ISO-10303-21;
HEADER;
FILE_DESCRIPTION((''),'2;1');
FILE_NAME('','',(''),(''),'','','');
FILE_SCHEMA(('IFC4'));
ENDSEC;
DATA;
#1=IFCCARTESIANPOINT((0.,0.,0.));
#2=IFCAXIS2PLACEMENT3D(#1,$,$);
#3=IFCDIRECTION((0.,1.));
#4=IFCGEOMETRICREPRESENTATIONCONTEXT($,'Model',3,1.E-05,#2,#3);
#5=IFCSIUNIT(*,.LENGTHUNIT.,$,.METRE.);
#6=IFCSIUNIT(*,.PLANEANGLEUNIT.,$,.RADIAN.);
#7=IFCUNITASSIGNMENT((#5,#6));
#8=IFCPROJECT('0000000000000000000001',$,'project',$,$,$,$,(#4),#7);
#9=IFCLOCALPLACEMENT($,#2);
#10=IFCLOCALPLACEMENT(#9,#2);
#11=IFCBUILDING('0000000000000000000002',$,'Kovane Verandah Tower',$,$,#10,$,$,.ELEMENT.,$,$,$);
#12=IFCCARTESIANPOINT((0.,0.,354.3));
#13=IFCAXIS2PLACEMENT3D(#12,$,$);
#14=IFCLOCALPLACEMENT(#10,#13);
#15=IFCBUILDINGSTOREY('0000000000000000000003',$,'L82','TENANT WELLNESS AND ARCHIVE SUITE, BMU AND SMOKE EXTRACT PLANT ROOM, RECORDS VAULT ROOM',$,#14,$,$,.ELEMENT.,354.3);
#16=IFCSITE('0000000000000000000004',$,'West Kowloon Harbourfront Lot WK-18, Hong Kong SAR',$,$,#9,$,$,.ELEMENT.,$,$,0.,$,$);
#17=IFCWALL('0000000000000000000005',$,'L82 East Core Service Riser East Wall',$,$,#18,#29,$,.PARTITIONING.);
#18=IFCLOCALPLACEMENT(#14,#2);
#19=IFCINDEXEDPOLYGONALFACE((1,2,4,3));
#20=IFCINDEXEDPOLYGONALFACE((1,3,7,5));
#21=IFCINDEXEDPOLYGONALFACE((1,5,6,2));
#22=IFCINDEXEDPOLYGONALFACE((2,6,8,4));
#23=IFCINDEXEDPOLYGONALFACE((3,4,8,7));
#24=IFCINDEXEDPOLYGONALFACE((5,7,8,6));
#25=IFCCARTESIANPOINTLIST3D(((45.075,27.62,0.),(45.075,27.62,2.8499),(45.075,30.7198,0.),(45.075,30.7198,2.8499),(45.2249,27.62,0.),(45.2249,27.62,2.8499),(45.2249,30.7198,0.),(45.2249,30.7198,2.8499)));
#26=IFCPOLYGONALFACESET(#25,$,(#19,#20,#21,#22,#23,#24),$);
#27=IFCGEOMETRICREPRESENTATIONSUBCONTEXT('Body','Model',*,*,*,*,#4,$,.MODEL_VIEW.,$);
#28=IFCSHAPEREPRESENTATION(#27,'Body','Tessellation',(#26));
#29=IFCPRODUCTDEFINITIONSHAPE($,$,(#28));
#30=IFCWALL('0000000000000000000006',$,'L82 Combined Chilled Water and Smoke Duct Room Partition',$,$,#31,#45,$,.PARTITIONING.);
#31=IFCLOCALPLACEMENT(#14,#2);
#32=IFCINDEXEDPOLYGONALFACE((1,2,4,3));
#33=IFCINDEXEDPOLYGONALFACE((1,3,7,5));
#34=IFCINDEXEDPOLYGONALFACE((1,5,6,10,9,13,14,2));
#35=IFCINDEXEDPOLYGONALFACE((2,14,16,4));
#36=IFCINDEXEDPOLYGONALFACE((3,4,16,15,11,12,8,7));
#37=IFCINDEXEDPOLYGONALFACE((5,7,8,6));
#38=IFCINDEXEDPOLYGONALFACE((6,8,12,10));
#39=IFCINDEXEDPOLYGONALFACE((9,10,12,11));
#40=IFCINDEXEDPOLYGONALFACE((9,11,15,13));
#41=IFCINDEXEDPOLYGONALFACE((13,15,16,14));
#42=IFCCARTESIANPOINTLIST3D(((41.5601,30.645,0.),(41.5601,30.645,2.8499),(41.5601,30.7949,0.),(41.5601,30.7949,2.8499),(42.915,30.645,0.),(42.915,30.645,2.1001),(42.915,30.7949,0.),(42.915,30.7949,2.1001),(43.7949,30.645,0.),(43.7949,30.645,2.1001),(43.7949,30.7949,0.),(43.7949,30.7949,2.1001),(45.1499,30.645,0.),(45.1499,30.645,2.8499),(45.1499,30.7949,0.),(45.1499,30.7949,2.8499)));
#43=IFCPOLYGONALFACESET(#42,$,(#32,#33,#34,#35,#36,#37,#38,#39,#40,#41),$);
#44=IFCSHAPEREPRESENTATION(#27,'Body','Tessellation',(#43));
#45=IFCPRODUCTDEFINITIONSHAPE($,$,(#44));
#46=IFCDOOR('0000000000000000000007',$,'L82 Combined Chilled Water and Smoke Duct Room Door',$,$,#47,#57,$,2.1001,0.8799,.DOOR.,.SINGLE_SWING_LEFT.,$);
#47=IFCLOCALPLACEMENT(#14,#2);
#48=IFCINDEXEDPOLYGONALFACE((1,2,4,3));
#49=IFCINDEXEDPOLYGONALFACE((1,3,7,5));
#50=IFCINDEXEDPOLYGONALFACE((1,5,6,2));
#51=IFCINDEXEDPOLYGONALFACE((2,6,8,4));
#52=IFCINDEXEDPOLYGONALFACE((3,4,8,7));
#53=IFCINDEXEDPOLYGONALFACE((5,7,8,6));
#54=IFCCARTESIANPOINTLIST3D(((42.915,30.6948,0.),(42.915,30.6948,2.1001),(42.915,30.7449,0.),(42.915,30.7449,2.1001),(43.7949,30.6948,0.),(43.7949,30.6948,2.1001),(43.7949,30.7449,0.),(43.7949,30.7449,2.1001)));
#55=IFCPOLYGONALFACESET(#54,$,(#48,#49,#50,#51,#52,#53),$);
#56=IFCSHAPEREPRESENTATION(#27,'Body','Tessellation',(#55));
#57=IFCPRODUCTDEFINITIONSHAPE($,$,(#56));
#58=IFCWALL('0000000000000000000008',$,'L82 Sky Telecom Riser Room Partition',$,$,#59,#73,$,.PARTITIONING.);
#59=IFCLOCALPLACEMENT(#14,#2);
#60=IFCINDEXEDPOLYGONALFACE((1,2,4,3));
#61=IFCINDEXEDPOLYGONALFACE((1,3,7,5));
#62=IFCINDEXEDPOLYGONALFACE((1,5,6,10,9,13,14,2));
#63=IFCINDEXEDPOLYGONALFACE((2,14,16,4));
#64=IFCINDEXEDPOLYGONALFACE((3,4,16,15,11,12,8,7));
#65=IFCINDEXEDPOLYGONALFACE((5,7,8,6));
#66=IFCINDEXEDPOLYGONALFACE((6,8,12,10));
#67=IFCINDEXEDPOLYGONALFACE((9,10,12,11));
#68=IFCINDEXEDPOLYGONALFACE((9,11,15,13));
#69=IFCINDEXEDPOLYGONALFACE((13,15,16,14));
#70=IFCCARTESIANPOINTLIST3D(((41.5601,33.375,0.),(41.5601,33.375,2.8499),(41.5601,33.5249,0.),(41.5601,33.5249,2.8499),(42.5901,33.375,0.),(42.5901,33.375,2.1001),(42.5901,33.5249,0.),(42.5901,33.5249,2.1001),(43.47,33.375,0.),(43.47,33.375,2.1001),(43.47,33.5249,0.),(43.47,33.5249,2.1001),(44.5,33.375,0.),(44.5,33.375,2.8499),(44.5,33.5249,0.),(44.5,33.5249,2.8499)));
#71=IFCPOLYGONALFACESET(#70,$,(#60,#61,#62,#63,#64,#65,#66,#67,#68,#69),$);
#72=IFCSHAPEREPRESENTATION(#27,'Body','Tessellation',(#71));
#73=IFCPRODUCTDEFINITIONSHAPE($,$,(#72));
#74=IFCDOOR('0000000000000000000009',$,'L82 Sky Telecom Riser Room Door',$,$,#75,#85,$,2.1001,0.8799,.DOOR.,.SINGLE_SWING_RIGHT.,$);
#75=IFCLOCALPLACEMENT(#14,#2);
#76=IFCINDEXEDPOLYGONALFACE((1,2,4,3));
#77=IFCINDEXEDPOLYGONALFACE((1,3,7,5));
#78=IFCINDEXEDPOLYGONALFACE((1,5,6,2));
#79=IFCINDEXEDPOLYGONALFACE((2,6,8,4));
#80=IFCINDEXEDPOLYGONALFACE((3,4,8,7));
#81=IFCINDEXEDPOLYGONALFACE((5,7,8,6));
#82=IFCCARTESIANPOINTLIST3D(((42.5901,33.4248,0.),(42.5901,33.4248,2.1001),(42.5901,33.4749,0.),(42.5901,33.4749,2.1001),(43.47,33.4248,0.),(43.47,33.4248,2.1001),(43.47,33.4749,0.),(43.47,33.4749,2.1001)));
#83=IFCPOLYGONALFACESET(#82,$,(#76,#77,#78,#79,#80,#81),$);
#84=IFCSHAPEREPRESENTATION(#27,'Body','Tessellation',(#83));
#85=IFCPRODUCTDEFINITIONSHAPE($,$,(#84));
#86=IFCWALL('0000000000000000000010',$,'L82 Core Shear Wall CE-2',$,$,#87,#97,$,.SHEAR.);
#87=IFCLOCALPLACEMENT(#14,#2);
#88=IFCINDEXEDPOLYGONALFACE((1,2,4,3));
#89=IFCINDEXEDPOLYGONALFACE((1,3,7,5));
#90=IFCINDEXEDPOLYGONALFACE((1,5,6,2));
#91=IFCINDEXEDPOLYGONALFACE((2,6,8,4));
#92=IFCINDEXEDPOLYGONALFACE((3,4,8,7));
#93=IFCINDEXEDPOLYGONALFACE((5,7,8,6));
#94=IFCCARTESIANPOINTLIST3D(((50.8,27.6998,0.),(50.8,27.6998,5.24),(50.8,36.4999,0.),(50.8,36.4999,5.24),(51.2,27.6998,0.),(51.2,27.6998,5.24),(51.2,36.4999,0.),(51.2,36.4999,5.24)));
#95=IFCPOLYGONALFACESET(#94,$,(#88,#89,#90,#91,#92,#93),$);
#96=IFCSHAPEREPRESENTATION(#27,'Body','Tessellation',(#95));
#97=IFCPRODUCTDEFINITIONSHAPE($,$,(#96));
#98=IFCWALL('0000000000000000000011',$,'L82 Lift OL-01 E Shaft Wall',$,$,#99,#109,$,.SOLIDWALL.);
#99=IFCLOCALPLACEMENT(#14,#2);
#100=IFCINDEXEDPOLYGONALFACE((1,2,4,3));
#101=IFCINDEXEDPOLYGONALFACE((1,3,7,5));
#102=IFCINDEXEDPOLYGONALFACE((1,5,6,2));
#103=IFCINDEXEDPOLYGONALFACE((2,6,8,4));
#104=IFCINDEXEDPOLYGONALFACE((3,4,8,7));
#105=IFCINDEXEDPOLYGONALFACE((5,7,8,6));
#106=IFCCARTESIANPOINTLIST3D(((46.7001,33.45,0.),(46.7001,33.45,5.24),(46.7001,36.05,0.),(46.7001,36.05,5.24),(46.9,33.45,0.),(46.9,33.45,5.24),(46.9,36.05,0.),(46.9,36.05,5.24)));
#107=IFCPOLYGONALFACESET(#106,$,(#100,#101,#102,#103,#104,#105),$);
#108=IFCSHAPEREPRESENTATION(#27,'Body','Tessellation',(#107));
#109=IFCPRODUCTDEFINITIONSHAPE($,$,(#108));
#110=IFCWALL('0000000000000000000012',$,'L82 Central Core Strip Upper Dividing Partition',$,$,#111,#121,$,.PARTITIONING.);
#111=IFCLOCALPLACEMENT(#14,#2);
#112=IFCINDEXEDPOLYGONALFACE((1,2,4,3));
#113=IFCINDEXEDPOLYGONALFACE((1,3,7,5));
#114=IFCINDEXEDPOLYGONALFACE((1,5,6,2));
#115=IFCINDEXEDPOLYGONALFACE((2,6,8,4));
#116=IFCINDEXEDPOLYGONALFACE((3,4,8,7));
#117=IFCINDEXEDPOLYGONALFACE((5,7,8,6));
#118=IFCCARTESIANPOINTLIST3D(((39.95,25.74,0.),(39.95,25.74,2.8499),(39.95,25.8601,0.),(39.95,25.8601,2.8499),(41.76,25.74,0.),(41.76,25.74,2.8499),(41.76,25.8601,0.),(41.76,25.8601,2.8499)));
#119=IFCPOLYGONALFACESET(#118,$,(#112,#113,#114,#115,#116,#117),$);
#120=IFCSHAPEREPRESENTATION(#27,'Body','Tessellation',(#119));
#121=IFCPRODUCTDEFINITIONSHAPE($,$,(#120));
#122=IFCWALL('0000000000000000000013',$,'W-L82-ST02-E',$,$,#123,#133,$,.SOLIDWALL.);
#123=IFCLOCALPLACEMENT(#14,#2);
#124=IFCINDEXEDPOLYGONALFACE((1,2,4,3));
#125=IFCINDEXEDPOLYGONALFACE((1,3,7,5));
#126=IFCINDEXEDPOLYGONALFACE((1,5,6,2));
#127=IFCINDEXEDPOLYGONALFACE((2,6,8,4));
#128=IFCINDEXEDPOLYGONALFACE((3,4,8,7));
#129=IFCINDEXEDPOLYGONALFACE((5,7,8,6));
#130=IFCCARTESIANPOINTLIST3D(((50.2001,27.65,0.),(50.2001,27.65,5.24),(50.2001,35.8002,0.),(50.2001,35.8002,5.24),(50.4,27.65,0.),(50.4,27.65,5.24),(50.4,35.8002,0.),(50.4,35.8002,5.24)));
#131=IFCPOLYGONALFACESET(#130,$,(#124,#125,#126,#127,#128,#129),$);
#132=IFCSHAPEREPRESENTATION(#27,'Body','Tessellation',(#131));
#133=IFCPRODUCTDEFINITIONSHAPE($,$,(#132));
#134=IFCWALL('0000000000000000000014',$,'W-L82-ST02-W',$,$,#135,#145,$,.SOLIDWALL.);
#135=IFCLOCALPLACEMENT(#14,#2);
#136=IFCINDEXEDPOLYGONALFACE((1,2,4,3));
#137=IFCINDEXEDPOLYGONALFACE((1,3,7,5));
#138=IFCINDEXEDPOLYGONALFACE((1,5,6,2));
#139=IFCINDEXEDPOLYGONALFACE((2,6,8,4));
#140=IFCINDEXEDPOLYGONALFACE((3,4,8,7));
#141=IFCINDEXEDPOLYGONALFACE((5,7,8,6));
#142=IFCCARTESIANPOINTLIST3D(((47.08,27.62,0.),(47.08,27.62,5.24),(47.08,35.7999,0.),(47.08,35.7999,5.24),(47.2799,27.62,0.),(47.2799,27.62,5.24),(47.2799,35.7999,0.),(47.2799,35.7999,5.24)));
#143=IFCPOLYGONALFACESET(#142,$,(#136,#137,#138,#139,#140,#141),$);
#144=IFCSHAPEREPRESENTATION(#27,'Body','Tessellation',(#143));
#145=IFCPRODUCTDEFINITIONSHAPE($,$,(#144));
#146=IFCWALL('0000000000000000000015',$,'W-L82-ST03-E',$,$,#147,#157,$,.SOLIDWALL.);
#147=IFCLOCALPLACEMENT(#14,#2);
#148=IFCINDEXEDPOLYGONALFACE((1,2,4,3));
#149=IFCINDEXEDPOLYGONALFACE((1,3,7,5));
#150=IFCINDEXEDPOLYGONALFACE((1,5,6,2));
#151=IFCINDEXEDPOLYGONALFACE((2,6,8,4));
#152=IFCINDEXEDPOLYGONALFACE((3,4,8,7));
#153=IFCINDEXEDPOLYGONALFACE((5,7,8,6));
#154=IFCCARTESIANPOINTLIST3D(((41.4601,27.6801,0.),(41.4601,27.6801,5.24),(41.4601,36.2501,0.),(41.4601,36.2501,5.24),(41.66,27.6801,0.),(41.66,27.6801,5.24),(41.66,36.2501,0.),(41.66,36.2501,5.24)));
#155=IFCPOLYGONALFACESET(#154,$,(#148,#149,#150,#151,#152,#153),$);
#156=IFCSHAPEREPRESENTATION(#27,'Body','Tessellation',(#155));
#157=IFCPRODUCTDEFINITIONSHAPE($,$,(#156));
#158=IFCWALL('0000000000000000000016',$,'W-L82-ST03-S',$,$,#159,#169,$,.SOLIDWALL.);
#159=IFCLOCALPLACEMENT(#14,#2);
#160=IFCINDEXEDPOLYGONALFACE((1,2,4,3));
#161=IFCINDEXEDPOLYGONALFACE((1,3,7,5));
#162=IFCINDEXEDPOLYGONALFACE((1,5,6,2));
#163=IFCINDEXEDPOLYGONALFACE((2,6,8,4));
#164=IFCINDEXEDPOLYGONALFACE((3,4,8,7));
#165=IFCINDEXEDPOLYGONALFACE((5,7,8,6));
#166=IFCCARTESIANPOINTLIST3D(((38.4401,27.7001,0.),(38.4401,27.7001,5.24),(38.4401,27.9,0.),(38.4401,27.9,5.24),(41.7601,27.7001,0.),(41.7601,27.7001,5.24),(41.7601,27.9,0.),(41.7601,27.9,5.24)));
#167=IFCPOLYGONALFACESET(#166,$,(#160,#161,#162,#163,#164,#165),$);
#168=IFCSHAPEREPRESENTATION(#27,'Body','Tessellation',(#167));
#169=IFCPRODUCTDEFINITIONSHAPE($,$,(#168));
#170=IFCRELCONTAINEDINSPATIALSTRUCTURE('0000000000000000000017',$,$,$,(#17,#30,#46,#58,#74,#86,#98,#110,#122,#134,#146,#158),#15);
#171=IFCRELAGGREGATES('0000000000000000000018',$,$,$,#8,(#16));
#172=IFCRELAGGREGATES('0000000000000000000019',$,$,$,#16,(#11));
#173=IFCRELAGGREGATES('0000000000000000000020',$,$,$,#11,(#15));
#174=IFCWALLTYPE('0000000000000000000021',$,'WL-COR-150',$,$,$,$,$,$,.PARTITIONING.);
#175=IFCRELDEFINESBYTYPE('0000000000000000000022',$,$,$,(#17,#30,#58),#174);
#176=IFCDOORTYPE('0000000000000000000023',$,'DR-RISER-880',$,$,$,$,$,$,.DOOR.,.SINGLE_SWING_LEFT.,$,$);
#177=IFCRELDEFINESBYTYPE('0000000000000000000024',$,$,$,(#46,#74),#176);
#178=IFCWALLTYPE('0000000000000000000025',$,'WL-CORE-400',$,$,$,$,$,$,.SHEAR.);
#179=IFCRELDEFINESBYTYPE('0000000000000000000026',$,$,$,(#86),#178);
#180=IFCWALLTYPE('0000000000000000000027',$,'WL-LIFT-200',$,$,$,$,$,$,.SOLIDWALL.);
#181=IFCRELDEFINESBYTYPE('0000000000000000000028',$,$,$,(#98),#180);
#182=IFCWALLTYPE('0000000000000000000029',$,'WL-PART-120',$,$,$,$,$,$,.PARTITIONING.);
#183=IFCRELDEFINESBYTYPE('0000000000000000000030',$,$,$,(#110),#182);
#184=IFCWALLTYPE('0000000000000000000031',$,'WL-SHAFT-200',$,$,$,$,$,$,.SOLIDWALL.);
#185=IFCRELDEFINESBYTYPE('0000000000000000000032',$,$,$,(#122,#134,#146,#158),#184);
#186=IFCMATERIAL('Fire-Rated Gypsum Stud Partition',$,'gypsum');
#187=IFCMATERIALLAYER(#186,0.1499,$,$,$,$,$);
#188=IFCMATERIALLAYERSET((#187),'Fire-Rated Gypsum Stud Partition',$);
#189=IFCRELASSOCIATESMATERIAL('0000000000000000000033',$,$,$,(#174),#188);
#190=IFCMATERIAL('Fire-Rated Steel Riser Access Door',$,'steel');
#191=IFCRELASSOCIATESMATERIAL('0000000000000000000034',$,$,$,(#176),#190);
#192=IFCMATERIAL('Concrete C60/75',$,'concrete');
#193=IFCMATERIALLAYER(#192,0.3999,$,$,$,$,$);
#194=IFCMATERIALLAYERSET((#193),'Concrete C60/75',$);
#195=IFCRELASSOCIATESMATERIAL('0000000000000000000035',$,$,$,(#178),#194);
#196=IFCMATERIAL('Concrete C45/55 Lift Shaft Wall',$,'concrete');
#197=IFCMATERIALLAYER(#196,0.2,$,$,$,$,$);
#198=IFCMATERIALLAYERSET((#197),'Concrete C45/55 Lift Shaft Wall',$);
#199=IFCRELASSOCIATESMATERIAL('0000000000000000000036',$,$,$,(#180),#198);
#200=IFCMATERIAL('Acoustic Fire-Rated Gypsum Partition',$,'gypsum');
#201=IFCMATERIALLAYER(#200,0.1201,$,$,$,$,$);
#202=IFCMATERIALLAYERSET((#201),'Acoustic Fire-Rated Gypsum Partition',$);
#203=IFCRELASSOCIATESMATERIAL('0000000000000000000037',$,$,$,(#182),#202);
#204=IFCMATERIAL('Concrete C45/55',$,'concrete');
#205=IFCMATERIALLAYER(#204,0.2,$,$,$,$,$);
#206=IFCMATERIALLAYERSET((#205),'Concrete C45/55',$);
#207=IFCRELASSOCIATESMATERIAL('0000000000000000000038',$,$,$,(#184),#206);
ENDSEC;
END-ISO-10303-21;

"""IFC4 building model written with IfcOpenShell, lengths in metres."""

from ifc_helpers import new_model, si_unit, direction, frame, frame_2d, origin, place, context, subcontext, project, spatial, rectangle, extrude, material, layer, layer_set, type_object, element, fill, save


model = new_model("IFC4")

# Units and contexts
model_context = context("Model", 3, precision=1e-05, world=origin(), true_north=direction((0.0, 1.0)))
body_context = subcontext(model_context, "Body", "Model", "MODEL_VIEW")
ifc_project = project(units=[si_unit("LENGTHUNIT", "METRE"), si_unit("PLANEANGLEUNIT", "RADIAN")], contexts=[model_context])

# Site, building, storey
site_placement = place(None, origin())
site = spatial("IfcSite", under=ifc_project, at=site_placement, Name="West Kowloon Harbourfront Lot WK-18, Hong Kong SAR", CompositionType="ELEMENT", RefElevation=0.0)
building_placement = place(site_placement, origin())
building = spatial("IfcBuilding", under=site, at=building_placement, Name="Kovane Verandah Tower", CompositionType="ELEMENT")
storey_placement = place(building_placement, frame((0.0, 0.0, 354.3)))
storey = spatial("IfcBuildingStorey", under=building, at=storey_placement, Name="L82", Description="TENANT WELLNESS AND ARCHIVE SUITE, BMU AND SMOKE EXTRACT PLANT ROOM, RECORDS VAULT ROOM", CompositionType="ELEMENT", Elevation=354.3)

# Shared definitions
ifc_material_1 = material(Name="Fire-Rated Gypsum Stud Partition", Category="gypsum")
ifc_layer_1 = layer(ifc_material_1, 0.1499)
ifc_layer_set_1 = layer_set([ifc_layer_1], Name="Fire-Rated Gypsum Stud Partition")
wall_type_1 = type_object("IfcWallType", Name="WL-COR-150", PredefinedType="PARTITIONING", material=ifc_layer_set_1)
ifc_material_2 = material(Name="Fire-Rated Steel Riser Access Door", Category="steel")
door_type_1 = type_object("IfcDoorType", Name="DR-RISER-880", OperationType="SINGLE_SWING_LEFT", PredefinedType="DOOR", material=ifc_material_2)

# Wall
wall_1_placement = place(storey_placement, frame((45.1499, 27.6201, 0.0), z_axis=(0.0, 0.0, 1.0), x_axis=(0.0, 1.0, 0.0)))
element("IfcWall", 1, at=wall_1_placement, inside=storey, type_object=wall_type_1, Name="L82 East Core Service Riser East Wall", PredefinedType="PARTITIONING", context=body_context, shape_type="SweptSolid", body=[
    extrude(rectangle(XDim=3.0999, YDim=0.1499, at=frame_2d((1.5498, 0.0))), origin(), (0.0, 0.0, 1.0), 2.8499),
])

# Walls, openings, doors
wall_2_placement = place(storey_placement, frame((41.5601, 30.72, 0.0), z_axis=(0.0, 0.0, 1.0), x_axis=(1.0, 0.0, 0.0)))
wall_2 = element("IfcWall", 2, at=wall_2_placement, inside=storey, type_object=wall_type_1, Name="L82 Combined Chilled Water and Smoke Duct Room Partition", PredefinedType="PARTITIONING", context=body_context, shape_type="SweptSolid", body=[
    extrude(rectangle(XDim=3.5898, YDim=0.1499, at=frame_2d((1.7949, 0.0))), origin(), (0.0, 0.0, 1.0), 2.8499),
])
opening_1_placement = place(wall_2_placement, frame((1.355, 0.0, 0.0)))
opening_1 = element("IfcOpeningElement", 3, at=opening_1_placement, cuts=wall_2, PredefinedType="OPENING", context=body_context, shape_type="SweptSolid", body=[
    extrude(rectangle(XDim=0.8799, YDim=2.1001, at=frame_2d((0.4399, 1.05))), frame((0.0, 0.075, 0.0), z_axis=(0.0, -1.0, 0.0), x_axis=(1.0, 0.0, 0.0)), (0.0, 0.0, 1.0), 0.1499),
])
door_1_placement = place(opening_1_placement, origin())
door_1 = element("IfcDoor", 4, at=door_1_placement, inside=storey, type_object=door_type_1, Name="L82 Combined Chilled Water and Smoke Duct Room Door", OperationType="SINGLE_SWING_LEFT", OverallHeight=2.1001, OverallWidth=0.8799, PredefinedType="DOOR", context=body_context, shape_type="SweptSolid", body=[
    extrude(rectangle(XDim=0.8799, YDim=2.1001, at=frame_2d((0.4399, 1.05))), frame((0.0, 0.0249, 0.0), z_axis=(0.0, -1.0, 0.0), x_axis=(1.0, 0.0, 0.0)), (0.0, 0.0, 1.0), 0.05),
])
fill(opening_1, door_1)
wall_3_placement = place(storey_placement, frame((41.5601, 33.45, 0.0), z_axis=(0.0, 0.0, 1.0), x_axis=(1.0, 0.0, 0.0)))
wall_3 = element("IfcWall", 5, at=wall_3_placement, inside=storey, type_object=wall_type_1, Name="L82 Sky Telecom Riser Room Partition", PredefinedType="PARTITIONING", context=body_context, shape_type="SweptSolid", body=[
    extrude(rectangle(XDim=2.9399, YDim=0.1499, at=frame_2d((1.47, 0.0))), origin(), (0.0, 0.0, 1.0), 2.8499),
])
opening_2_placement = place(wall_3_placement, frame((1.03, 0.0, 0.0)))
opening_2 = element("IfcOpeningElement", 6, at=opening_2_placement, cuts=wall_3, PredefinedType="OPENING", context=body_context, shape_type="SweptSolid", body=[
    extrude(rectangle(XDim=0.8799, YDim=2.1001, at=frame_2d((0.4399, 1.05))), frame((0.0, 0.075, 0.0), z_axis=(0.0, -1.0, 0.0), x_axis=(1.0, 0.0, 0.0)), (0.0, 0.0, 1.0), 0.1499),
])
door_2_placement = place(opening_2_placement, origin())
door_2 = element("IfcDoor", 7, at=door_2_placement, inside=storey, type_object=door_type_1, Name="L82 Sky Telecom Riser Room Door", OperationType="SINGLE_SWING_RIGHT", OverallHeight=2.1001, OverallWidth=0.8799, PredefinedType="DOOR", context=body_context, shape_type="SweptSolid", body=[
    extrude(rectangle(XDim=0.8799, YDim=2.1001, at=frame_2d((0.4399, 1.05))), frame((0.0, 0.0249, 0.0), z_axis=(0.0, -1.0, 0.0), x_axis=(1.0, 0.0, 0.0)), (0.0, 0.0, 1.0), 0.05),
])
fill(opening_2, door_2)

# Wall
ifc_material_3 = material(Name="Concrete C60/75", Category="concrete")
ifc_layer_2 = layer(ifc_material_3, 0.3999)
ifc_layer_set_2 = layer_set([ifc_layer_2], Name="Concrete C60/75")
wall_type_2 = type_object("IfcWallType", Name="WL-CORE-400", PredefinedType="SHEAR", material=ifc_layer_set_2)
wall_4_placement = place(storey_placement, frame((51.0, 27.7, 0.0), z_axis=(0.0, 0.0, 1.0), x_axis=(0.0, 1.0, 0.0)))
element("IfcWall", 8, at=wall_4_placement, inside=storey, type_object=wall_type_2, Name="L82 Core Shear Wall CE-2", PredefinedType="SHEAR", context=body_context, shape_type="SweptSolid", body=[
    extrude(rectangle(XDim=8.8, YDim=0.3999, at=frame_2d((4.3999, 0.0))), origin(), (0.0, 0.0, 1.0), 5.24),
])

# Shared definitions
ifc_material_4 = material(Name="Concrete C45/55 Lift Shaft Wall", Category="concrete")
ifc_layer_3 = layer(ifc_material_4, 0.2)
ifc_layer_set_3 = layer_set([ifc_layer_3], Name="Concrete C45/55 Lift Shaft Wall")
wall_type_3 = type_object("IfcWallType", Name="WL-LIFT-200", PredefinedType="SOLIDWALL", material=ifc_layer_set_3)

# Walls
wall_5_placement = place(storey_placement, frame((46.8, 33.45, 0.0), z_axis=(0.0, 0.0, 1.0), x_axis=(0.0, 1.0, 0.0)))
element("IfcWall", 9, at=wall_5_placement, inside=storey, type_object=wall_type_3, Name="L82 Lift OL-01 E Shaft Wall", PredefinedType="SOLIDWALL", context=body_context, shape_type="SweptSolid", body=[
    extrude(rectangle(XDim=2.6001, YDim=0.2, at=frame_2d((1.3, 0.0))), origin(), (0.0, 0.0, 1.0), 5.24),
])
ifc_material_5 = material(Name="Acoustic Fire-Rated Gypsum Partition", Category="gypsum")
ifc_layer_4 = layer(ifc_material_5, 0.1201)
ifc_layer_set_4 = layer_set([ifc_layer_4], Name="Acoustic Fire-Rated Gypsum Partition")
wall_type_4 = type_object("IfcWallType", Name="WL-PART-120", PredefinedType="PARTITIONING", material=ifc_layer_set_4)
wall_6_placement = place(storey_placement, frame((39.95, 25.8, 0.0), z_axis=(0.0, 0.0, 1.0), x_axis=(1.0, 0.0, 0.0)))
element("IfcWall", 10, at=wall_6_placement, inside=storey, type_object=wall_type_4, Name="L82 Central Core Strip Upper Dividing Partition", PredefinedType="PARTITIONING", context=body_context, shape_type="SweptSolid", body=[
    extrude(rectangle(XDim=1.8101, YDim=0.1201, at=frame_2d((0.905, 0.0))), origin(), (0.0, 0.0, 1.0), 2.8499),
])
ifc_material_6 = material(Name="Concrete C45/55", Category="concrete")
ifc_layer_5 = layer(ifc_material_6, 0.2)
ifc_layer_set_5 = layer_set([ifc_layer_5], Name="Concrete C45/55")
wall_type_5 = type_object("IfcWallType", Name="WL-SHAFT-200", PredefinedType="SOLIDWALL", material=ifc_layer_set_5)
wall_7_placement = place(storey_placement, frame((50.3, 27.6499, 0.0), z_axis=(0.0, 0.0, 1.0), x_axis=(0.0, 1.0, 0.0)))
element("IfcWall", 11, at=wall_7_placement, inside=storey, type_object=wall_type_5, Name="W-L82-ST02-E", PredefinedType="SOLIDWALL", context=body_context, shape_type="SweptSolid", body=[
    extrude(rectangle(XDim=8.1501, YDim=0.2, at=frame_2d((4.0752, 0.0))), origin(), (0.0, 0.0, 1.0), 5.24),
])
wall_8_placement = place(storey_placement, frame((47.1799, 27.6201, 0.0), z_axis=(0.0, 0.0, 1.0), x_axis=(0.0, 1.0, 0.0)))
element("IfcWall", 12, at=wall_8_placement, inside=storey, type_object=wall_type_5, Name="W-L82-ST02-W", PredefinedType="SOLIDWALL", context=body_context, shape_type="SweptSolid", body=[
    extrude(rectangle(XDim=8.1799, YDim=0.2, at=frame_2d((4.0898, 0.0))), origin(), (0.0, 0.0, 1.0), 5.24),
])

# Walls
wall_9_placement = place(storey_placement, frame((41.5601, 27.6799, 0.0), z_axis=(0.0, 0.0, 1.0), x_axis=(0.0, 1.0, 0.0)))
element("IfcWall", 13, at=wall_9_placement, inside=storey, type_object=wall_type_5, Name="W-L82-ST03-E", PredefinedType="SOLIDWALL", context=body_context, shape_type="SweptSolid", body=[
    extrude(rectangle(XDim=8.5701, YDim=0.2, at=frame_2d((4.2852, 0.0))), origin(), (0.0, 0.0, 1.0), 5.24),
])
wall_10_placement = place(storey_placement, frame((38.4399, 27.8, 0.0), z_axis=(0.0, 0.0, 1.0), x_axis=(1.0, 0.0, 0.0)))
element("IfcWall", 14, at=wall_10_placement, inside=storey, type_object=wall_type_5, Name="W-L82-ST03-S", PredefinedType="SOLIDWALL", context=body_context, shape_type="SweptSolid", body=[
    extrude(rectangle(XDim=3.3201, YDim=0.2, at=frame_2d((1.6602, 0.0))), origin(), (0.0, 0.0, 1.0), 5.24),
])

save(model, "model.ifc")
